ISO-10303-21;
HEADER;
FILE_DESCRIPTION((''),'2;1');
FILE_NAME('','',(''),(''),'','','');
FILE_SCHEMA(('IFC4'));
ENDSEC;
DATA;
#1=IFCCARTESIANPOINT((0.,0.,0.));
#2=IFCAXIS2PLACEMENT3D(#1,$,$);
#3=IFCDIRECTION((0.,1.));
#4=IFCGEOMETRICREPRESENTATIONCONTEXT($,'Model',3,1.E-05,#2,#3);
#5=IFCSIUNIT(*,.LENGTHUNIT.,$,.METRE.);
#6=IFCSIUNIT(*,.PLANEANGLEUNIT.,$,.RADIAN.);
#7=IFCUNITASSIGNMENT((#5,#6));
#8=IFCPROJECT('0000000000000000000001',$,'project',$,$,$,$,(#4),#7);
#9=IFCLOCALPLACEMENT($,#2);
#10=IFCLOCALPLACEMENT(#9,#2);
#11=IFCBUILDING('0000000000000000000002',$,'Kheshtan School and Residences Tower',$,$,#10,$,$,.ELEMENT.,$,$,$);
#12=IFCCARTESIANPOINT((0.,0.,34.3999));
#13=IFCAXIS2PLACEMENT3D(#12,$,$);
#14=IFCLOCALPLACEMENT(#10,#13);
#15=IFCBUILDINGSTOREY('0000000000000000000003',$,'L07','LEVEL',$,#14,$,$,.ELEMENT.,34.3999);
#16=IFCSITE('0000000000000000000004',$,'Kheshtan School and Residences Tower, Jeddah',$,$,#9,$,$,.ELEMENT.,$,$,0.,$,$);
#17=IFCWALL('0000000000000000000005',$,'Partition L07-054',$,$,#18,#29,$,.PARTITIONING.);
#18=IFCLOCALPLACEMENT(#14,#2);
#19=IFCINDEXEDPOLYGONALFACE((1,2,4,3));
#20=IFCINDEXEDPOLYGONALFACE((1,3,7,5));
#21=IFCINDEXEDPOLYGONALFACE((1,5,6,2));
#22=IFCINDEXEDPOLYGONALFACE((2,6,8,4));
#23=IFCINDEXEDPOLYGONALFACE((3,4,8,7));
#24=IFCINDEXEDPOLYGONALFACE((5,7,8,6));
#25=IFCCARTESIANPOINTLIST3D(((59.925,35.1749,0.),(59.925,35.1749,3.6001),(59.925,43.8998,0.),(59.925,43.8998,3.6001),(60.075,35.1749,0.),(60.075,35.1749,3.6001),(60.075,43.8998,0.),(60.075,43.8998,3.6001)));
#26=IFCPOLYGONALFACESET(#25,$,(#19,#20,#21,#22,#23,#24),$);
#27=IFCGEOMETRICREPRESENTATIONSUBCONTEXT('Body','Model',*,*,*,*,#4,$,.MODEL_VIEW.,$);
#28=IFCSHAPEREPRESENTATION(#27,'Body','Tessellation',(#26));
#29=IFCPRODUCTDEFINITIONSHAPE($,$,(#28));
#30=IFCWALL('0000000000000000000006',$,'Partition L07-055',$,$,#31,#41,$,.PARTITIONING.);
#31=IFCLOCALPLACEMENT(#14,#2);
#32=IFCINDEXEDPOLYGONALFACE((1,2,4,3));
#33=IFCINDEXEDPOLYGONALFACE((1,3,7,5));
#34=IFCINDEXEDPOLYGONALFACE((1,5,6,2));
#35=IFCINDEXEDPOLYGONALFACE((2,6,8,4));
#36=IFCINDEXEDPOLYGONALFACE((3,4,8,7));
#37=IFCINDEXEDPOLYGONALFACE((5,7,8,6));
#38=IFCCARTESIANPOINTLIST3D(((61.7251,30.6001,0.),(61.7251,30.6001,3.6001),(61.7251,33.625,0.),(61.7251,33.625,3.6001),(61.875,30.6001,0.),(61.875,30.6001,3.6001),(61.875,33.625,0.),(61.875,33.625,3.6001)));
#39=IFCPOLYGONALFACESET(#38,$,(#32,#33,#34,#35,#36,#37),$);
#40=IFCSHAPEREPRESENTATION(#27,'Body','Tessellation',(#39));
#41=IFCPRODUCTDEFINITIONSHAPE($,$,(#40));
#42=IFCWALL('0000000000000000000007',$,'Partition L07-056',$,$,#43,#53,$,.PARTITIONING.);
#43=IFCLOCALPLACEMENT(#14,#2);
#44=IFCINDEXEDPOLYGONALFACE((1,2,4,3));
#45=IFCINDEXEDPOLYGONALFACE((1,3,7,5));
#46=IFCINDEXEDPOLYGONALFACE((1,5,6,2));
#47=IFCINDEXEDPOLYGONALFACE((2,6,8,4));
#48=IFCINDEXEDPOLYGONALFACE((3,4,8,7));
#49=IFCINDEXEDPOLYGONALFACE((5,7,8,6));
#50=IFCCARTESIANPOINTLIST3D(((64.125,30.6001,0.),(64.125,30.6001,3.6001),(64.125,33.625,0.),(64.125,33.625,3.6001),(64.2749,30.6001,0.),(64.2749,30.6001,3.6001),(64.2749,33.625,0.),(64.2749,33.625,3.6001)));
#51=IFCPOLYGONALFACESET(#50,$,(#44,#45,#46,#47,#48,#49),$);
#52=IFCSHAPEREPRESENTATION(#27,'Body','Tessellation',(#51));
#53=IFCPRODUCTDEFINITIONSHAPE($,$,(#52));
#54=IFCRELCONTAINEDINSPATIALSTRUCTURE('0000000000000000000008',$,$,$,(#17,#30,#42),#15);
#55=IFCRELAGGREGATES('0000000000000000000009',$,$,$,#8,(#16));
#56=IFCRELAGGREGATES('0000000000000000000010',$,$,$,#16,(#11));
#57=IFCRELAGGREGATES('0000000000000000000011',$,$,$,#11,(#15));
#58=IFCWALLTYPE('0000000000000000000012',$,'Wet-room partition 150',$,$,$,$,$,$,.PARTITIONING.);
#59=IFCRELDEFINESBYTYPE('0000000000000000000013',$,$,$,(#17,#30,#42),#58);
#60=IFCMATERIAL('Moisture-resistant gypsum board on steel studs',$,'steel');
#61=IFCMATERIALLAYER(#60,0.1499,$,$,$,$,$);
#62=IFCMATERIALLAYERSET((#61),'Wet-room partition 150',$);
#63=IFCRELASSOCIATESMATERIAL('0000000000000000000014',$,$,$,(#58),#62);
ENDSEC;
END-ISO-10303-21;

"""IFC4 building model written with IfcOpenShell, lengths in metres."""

from ifc_helpers import new_model, si_unit, direction, frame, frame_2d, origin, place, context, subcontext, project, spatial, rectangle, extrude, material, layer, layer_set, type_object, element, save


model = new_model("IFC4")

# Units and contexts
model_context = context("Model", 3, precision=1e-05, world=origin(), true_north=direction((0.0, 1.0)))
body_context = subcontext(model_context, "Body", "Model", "MODEL_VIEW")
ifc_project = project(units=[si_unit("LENGTHUNIT", "METRE"), si_unit("PLANEANGLEUNIT", "RADIAN")], contexts=[model_context])

# Site, building, storey
site_placement = place(None, origin())
site = spatial("IfcSite", under=ifc_project, at=site_placement, Name="Kheshtan School and Residences Tower, Jeddah", CompositionType="ELEMENT", RefElevation=0.0)
building_placement = place(site_placement, origin())
building = spatial("IfcBuilding", under=site, at=building_placement, Name="Kheshtan School and Residences Tower", CompositionType="ELEMENT")
storey_placement = place(building_placement, frame((0.0, 0.0, 34.3999)))
storey = spatial("IfcBuildingStorey", under=building, at=storey_placement, Name="L07", Description="LEVEL", CompositionType="ELEMENT", Elevation=34.3999)

# Shared definitions
ifc_material_1 = material(Name="Moisture-resistant gypsum board on steel studs", Category="steel")
ifc_layer = layer(ifc_material_1, 0.1499)
ifc_layer_set = layer_set([ifc_layer], Name="Wet-room partition 150")
wall_type = type_object("IfcWallType", Name="Wet-room partition 150", PredefinedType="PARTITIONING", material=ifc_layer_set)

# Walls
wall_1_placement = place(storey_placement, frame((60.0, 35.175, 0.0), z_axis=(0.0, 0.0, 1.0), x_axis=(0.0, 1.0, 0.0)))
element("IfcWall", 1, at=wall_1_placement, inside=storey, type_object=wall_type, Name="Partition L07-054", PredefinedType="PARTITIONING", context=body_context, shape_type="SweptSolid", body=[
    extrude(rectangle(XDim=8.7249, YDim=0.1499, at=frame_2d((4.3623, 0.0))), origin(), (0.0, 0.0, 1.0), 3.6001),
])
for number, where, z_axis, x_axis, name in (
    (2, (61.8, 30.6001, 0.0), (0.0, 0.0, 1.0), (0.0, 1.0, 0.0), "Partition L07-055"),
    (3, (64.2, 30.6001, 0.0), (0.0, 0.0, 1.0), (0.0, 1.0, 0.0), "Partition L07-056"),
):
    element("IfcWall", number, at=place(storey_placement, frame(where, z_axis=z_axis, x_axis=x_axis)), inside=storey, type_object=wall_type, Name=name, PredefinedType="PARTITIONING", context=body_context, shape_type="SweptSolid", body=[
        extrude(rectangle(XDim=3.0249, YDim=0.1499, at=frame_2d((1.5125, 0.0))), origin(), (0.0, 0.0, 1.0), 3.6001),
    ])

save(model, "model.ifc")
